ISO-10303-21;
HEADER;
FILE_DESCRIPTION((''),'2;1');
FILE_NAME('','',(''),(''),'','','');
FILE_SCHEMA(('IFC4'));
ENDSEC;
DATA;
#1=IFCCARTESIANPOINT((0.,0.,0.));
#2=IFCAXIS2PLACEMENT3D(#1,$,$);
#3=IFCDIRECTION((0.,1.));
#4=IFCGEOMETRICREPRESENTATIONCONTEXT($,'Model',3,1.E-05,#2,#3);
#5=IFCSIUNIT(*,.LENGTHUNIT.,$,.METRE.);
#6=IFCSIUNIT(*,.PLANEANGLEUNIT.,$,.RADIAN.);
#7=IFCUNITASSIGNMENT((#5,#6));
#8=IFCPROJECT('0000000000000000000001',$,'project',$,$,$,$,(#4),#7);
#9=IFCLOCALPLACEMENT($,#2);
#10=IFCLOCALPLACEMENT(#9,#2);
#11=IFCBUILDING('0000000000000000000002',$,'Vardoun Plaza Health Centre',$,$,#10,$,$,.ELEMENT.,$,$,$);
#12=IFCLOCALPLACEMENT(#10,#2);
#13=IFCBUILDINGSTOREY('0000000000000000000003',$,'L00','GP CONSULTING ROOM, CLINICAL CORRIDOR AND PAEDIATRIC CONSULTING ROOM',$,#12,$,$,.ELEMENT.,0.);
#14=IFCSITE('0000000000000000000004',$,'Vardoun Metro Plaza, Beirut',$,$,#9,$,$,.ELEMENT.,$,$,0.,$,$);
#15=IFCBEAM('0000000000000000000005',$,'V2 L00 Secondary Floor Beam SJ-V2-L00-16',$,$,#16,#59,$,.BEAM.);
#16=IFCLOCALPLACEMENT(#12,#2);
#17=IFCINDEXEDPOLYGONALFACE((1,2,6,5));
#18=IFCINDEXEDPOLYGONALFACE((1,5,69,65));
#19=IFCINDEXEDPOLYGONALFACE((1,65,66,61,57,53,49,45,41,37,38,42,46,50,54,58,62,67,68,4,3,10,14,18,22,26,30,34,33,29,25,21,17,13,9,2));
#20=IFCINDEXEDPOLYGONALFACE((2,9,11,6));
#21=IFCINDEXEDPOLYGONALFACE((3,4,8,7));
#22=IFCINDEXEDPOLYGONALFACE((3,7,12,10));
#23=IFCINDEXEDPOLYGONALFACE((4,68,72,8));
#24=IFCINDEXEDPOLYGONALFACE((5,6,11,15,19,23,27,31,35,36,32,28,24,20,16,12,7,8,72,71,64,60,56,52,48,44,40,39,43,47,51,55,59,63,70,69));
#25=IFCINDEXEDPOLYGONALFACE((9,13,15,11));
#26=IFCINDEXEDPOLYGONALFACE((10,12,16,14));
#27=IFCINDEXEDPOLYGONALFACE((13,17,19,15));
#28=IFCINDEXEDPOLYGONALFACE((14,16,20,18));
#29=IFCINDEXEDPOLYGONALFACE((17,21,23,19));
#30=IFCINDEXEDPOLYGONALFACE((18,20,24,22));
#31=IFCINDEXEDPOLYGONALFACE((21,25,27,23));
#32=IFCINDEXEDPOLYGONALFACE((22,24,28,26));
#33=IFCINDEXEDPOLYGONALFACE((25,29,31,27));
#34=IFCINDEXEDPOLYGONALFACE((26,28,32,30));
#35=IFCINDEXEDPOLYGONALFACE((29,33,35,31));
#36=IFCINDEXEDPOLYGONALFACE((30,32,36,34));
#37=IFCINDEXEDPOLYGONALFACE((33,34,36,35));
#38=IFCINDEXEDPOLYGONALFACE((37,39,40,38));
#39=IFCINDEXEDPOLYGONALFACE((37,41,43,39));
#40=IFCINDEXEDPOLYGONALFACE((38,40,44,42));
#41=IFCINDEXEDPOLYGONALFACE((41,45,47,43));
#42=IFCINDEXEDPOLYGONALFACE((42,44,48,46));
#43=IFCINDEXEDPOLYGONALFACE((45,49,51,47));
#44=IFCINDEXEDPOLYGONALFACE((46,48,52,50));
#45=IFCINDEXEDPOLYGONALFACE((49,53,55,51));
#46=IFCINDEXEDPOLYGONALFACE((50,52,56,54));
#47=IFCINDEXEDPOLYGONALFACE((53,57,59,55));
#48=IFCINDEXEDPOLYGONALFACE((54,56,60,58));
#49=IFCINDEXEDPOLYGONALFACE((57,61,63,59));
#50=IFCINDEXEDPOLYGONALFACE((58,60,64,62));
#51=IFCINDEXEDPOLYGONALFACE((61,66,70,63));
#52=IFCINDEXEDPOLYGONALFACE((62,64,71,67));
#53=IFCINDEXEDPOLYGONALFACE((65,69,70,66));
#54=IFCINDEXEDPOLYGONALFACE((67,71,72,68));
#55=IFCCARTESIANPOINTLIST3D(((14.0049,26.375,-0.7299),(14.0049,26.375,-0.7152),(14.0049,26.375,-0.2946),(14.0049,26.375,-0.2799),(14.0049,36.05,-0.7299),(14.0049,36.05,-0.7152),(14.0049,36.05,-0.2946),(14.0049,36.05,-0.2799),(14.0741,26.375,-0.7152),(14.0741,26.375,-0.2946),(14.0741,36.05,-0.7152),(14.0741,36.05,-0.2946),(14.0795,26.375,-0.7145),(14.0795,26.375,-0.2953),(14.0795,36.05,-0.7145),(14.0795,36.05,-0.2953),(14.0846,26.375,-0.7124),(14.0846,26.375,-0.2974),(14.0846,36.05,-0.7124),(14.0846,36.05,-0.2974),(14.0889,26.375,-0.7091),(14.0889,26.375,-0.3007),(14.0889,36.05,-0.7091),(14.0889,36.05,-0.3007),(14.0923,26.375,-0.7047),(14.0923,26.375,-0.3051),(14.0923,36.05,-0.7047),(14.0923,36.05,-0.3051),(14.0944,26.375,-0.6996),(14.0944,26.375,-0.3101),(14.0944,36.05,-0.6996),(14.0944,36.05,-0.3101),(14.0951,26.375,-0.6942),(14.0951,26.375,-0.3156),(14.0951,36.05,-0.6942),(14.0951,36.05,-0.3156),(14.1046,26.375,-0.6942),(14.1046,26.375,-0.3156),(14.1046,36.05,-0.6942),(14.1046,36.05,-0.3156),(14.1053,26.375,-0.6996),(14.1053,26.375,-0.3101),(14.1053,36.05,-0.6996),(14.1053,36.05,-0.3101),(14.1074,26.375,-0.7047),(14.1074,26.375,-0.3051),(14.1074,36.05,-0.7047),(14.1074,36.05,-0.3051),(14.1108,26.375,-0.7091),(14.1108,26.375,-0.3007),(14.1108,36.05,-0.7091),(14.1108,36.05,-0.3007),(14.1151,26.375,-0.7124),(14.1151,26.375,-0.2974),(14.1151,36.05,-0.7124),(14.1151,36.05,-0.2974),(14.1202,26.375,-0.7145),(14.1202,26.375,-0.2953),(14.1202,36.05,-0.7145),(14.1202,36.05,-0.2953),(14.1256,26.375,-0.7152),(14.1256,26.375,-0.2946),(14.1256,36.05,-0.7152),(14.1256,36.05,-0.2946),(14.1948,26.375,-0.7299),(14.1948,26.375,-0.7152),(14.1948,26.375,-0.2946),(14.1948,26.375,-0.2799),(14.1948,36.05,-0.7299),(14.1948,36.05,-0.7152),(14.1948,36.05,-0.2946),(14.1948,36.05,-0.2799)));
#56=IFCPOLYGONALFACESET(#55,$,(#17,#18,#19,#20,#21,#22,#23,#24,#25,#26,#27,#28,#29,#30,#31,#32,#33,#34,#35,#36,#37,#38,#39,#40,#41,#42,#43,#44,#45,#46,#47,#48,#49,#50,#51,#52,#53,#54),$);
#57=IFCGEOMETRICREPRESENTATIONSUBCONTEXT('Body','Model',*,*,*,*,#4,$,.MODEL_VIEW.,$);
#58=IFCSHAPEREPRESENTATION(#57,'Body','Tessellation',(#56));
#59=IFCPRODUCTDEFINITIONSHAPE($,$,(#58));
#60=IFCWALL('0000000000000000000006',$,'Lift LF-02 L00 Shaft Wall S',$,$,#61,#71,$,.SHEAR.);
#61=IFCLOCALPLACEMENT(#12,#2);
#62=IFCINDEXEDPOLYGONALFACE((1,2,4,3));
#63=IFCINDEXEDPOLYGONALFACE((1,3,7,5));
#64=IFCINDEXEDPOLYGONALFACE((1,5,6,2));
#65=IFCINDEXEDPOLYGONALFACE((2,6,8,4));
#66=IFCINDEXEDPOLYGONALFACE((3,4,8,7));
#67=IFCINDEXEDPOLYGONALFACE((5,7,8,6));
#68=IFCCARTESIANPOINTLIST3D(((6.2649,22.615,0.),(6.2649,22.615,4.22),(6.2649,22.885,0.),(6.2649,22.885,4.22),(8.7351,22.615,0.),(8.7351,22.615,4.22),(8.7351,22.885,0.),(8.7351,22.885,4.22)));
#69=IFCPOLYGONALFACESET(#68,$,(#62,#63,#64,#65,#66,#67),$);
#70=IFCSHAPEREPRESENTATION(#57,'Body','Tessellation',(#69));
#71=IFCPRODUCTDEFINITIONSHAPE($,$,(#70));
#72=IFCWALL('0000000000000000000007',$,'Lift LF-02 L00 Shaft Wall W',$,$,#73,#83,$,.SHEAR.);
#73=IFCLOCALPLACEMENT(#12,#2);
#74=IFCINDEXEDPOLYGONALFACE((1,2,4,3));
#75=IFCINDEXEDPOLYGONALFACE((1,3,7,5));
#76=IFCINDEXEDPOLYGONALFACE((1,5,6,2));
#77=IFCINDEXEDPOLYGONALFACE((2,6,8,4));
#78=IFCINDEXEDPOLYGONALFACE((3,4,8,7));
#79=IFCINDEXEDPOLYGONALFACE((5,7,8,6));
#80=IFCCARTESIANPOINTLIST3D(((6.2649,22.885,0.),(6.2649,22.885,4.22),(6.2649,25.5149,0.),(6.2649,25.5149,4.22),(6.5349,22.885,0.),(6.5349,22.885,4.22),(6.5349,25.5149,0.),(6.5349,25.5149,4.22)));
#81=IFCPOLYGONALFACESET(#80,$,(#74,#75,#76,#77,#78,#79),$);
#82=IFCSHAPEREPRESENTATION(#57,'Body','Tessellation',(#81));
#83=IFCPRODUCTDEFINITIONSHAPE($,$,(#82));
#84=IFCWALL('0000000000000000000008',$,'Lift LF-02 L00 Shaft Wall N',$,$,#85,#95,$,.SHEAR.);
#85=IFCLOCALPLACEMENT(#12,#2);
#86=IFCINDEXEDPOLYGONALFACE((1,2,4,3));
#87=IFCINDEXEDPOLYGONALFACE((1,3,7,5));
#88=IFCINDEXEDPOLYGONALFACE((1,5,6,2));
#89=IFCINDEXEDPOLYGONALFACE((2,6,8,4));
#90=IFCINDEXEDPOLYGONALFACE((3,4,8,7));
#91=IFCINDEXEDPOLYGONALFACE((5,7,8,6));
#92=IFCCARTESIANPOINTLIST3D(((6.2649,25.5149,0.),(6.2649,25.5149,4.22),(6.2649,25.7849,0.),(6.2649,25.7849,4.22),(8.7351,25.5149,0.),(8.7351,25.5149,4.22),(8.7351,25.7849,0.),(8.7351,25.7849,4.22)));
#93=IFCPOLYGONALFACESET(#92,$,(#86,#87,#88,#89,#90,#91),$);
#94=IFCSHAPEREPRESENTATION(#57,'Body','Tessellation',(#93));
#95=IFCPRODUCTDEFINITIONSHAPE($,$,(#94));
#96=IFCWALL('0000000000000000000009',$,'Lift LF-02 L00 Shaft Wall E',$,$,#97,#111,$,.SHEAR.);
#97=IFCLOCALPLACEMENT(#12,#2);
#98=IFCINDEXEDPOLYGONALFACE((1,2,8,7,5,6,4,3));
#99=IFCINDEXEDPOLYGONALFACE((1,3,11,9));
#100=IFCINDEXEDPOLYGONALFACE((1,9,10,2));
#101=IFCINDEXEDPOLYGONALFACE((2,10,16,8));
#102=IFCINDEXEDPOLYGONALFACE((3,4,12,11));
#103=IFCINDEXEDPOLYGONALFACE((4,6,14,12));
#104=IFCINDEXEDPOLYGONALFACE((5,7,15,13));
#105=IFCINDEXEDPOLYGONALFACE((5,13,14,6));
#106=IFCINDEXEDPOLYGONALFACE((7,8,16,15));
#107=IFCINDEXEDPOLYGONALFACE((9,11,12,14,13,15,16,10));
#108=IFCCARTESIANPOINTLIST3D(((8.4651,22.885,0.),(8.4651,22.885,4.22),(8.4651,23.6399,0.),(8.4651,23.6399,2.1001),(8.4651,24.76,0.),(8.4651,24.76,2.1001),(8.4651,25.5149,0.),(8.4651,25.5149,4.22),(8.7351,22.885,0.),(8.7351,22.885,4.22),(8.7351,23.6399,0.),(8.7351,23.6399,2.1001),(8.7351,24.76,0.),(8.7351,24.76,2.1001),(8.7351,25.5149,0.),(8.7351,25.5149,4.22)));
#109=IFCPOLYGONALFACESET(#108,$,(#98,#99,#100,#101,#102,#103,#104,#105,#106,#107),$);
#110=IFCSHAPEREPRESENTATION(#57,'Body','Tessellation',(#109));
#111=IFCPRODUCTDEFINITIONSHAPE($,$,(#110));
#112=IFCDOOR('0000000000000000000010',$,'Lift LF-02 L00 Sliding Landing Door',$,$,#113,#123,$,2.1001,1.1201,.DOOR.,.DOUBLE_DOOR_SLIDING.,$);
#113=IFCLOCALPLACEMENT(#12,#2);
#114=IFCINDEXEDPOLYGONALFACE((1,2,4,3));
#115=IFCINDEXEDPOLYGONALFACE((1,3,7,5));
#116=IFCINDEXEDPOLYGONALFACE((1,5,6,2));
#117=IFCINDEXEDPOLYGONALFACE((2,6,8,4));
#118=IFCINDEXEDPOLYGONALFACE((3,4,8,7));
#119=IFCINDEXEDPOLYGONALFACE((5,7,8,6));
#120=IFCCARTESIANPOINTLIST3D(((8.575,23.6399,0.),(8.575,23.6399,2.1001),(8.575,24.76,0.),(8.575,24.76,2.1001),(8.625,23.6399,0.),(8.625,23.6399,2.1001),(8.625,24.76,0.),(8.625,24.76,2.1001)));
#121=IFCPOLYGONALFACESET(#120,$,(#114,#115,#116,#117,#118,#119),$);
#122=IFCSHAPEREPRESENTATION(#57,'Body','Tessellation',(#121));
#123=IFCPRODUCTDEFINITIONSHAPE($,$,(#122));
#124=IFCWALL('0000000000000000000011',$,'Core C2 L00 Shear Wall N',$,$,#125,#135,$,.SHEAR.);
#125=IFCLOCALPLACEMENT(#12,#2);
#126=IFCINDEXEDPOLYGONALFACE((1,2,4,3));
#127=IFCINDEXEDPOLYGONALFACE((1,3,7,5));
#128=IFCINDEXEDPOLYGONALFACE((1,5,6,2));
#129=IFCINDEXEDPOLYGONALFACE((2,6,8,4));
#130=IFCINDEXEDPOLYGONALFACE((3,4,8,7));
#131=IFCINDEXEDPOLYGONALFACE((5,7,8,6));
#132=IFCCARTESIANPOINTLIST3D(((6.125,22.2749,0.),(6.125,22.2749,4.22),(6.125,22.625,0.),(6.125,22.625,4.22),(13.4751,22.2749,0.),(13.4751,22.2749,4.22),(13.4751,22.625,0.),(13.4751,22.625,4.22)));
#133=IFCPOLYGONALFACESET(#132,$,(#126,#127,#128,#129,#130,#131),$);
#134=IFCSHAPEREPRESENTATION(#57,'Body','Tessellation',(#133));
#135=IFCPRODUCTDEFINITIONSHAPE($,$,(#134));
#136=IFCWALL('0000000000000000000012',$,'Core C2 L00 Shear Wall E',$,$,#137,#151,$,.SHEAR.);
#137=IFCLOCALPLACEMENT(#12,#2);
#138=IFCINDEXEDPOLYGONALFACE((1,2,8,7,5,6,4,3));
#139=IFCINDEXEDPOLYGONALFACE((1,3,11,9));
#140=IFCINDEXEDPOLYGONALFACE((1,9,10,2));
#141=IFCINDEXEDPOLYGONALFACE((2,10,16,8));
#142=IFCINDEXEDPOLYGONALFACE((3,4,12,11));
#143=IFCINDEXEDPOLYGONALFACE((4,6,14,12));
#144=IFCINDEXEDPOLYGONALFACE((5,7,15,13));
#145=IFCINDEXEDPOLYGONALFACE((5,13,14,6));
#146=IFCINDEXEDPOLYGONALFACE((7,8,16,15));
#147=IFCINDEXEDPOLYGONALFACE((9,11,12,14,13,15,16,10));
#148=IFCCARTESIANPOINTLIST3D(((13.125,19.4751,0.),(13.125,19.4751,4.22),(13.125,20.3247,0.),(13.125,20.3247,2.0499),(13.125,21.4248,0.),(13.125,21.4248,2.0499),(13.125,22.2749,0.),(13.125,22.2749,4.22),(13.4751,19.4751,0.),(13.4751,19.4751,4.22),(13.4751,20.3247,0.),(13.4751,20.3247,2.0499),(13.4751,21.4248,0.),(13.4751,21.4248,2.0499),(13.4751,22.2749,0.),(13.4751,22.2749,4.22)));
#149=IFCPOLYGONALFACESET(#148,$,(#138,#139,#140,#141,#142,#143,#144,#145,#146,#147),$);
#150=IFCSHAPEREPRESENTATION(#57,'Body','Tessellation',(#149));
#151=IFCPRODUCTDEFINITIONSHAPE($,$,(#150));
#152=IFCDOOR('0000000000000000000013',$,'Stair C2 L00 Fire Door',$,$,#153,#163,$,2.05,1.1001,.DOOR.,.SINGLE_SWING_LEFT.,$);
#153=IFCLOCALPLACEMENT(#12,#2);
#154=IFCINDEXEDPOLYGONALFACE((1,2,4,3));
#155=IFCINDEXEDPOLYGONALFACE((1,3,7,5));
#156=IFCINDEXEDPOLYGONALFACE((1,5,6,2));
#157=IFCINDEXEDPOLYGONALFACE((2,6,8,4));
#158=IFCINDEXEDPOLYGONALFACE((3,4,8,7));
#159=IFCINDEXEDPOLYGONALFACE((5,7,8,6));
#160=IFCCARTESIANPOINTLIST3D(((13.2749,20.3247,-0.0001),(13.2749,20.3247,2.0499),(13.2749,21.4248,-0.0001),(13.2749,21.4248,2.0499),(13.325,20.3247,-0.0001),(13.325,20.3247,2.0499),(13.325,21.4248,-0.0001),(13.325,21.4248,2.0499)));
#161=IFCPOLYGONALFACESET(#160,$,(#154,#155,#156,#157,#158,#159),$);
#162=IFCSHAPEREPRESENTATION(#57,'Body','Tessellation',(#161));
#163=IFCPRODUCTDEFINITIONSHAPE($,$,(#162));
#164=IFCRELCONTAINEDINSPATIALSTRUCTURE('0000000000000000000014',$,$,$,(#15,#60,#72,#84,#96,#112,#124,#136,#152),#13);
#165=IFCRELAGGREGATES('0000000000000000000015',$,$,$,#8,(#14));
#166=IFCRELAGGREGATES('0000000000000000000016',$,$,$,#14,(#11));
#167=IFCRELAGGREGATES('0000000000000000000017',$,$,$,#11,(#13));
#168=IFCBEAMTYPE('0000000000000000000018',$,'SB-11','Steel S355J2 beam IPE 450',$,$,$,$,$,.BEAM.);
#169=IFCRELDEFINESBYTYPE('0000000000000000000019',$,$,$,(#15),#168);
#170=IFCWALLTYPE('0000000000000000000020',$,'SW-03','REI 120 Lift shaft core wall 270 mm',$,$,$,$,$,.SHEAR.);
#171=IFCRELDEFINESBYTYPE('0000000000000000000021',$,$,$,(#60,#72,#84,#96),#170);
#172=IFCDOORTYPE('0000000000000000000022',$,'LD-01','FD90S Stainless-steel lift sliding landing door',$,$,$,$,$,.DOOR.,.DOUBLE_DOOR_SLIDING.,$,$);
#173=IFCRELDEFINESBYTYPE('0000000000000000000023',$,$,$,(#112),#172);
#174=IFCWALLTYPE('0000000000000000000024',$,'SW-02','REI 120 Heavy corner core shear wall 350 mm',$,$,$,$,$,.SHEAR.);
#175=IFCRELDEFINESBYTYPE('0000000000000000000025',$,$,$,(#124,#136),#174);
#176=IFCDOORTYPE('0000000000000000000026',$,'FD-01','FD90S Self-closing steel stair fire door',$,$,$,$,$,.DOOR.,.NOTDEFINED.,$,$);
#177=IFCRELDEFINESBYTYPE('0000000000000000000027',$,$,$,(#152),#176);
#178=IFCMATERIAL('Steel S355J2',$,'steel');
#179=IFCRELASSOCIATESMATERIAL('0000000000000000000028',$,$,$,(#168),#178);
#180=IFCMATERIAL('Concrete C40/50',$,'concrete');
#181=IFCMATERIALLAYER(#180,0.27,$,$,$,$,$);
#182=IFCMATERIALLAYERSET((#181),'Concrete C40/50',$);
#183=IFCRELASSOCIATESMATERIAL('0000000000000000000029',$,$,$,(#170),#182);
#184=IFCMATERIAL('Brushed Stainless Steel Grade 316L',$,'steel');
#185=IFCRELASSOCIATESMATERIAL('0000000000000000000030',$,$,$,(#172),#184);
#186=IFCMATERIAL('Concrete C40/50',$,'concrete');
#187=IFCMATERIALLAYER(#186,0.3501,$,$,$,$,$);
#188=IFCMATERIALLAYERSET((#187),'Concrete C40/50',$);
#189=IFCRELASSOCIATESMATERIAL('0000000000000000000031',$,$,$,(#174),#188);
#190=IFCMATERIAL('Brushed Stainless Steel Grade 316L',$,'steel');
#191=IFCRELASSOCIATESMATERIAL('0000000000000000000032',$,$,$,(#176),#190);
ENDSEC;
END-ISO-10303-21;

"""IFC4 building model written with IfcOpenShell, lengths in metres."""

from ifc_helpers import new_model, si_unit, direction, frame, frame_2d, origin, origin_2d, place, context, subcontext, project, spatial, rectangle, i_section, extrude, material, layer, layer_set, material_profile, profile_set, type_object, element, fill, save


model = new_model("IFC4")

# Units and contexts
model_context = context("Model", 3, precision=1e-05, world=origin(), true_north=direction((0.0, 1.0)))
body_context = subcontext(model_context, "Body", "Model", "MODEL_VIEW")
ifc_project = project(units=[si_unit("LENGTHUNIT", "METRE"), si_unit("PLANEANGLEUNIT", "RADIAN")], contexts=[model_context])

# Site, building, storey
site_placement = place(None, origin())
site = spatial("IfcSite", under=ifc_project, at=site_placement, Name="Vardoun Metro Plaza, Beirut", CompositionType="ELEMENT", RefElevation=0.0)
building_placement = place(site_placement, origin())
building = spatial("IfcBuilding", under=site, at=building_placement, Name="Vardoun Plaza Health Centre", CompositionType="ELEMENT")
storey_placement = place(building_placement, origin())
storey = spatial("IfcBuildingStorey", under=building, at=storey_placement, Name="L00", Description="GP CONSULTING ROOM, CLINICAL CORRIDOR AND PAEDIATRIC CONSULTING ROOM", CompositionType="ELEMENT", Elevation=0.0)

# Beam
ifc_material_1 = material(Name="Steel S355J2", Category="steel")
ifc_material_profile_1 = material_profile(ifc_material_1, i_section(OverallWidth=0.1899, OverallDepth=0.45, WebThickness=0.0095, FlangeThickness=0.0146, FilletRadius=0.021, at=origin_2d()), Name="IPE 450")
ifc_profile_set_1 = profile_set([ifc_material_profile_1], Name="Steel S355J2")
beam_type_1 = type_object("IfcBeamType", Name="SB-11", Description="Steel S355J2 beam IPE 450", PredefinedType="BEAM", material=ifc_profile_set_1)
beam_1_placement = place(storey_placement, frame((14.0999, 26.375, -0.5049), z_axis=(0.0, 1.0, 0.0), x_axis=(-1.0, 0.0, 0.0)))
element("IfcBeam", 1, at=beam_1_placement, inside=storey, type_object=beam_type_1, Name="V2 L00 Secondary Floor Beam SJ-V2-L00-16", PredefinedType="BEAM", context=body_context, shape_type="SweptSolid", body=[
    extrude(i_section(OverallWidth=0.1899, OverallDepth=0.45, WebThickness=0.0095, FlangeThickness=0.0146, FilletRadius=0.021, at=origin_2d()), origin(), (0.0, 0.0, 1.0), 9.675),
])

# Walls
ifc_material_2 = material(Name="Concrete C40/50", Category="concrete")
ifc_layer_1 = layer(ifc_material_2, 0.27)
ifc_layer_set_1 = layer_set([ifc_layer_1], Name="Concrete C40/50")
wall_type_1 = type_object("IfcWallType", Name="SW-03", Description="REI 120 Lift shaft core wall 270 mm", PredefinedType="SHEAR", material=ifc_layer_set_1)
wall_1_placement = place(storey_placement, frame((8.7351, 22.75, 0.0), z_axis=(0.0, 0.0, 1.0), x_axis=(-1.0, 0.0, 0.0)))
element("IfcWall", 2, at=wall_1_placement, inside=storey, type_object=wall_type_1, Name="Lift LF-02 L00 Shaft Wall S", PredefinedType="SHEAR", context=body_context, shape_type="SweptSolid", body=[
    extrude(rectangle(XDim=2.4702, YDim=0.27, at=frame_2d((1.2351, 0.0))), origin(), (0.0, 0.0, 1.0), 4.22),
])
wall_2_placement = place(storey_placement, frame((6.3999, 22.885, 0.0), z_axis=(0.0, 0.0, 1.0), x_axis=(0.0, 1.0, 0.0)))
element("IfcWall", 3, at=wall_2_placement, inside=storey, type_object=wall_type_1, Name="Lift LF-02 L00 Shaft Wall W", PredefinedType="SHEAR", context=body_context, shape_type="SweptSolid", body=[
    extrude(rectangle(XDim=2.6299, YDim=0.27, at=frame_2d((1.3149, 0.0))), origin(), (0.0, 0.0, 1.0), 4.22),
])
wall_3_placement = place(storey_placement, frame((6.2649, 25.6499, 0.0), z_axis=(0.0, 0.0, 1.0), x_axis=(1.0, 0.0, 0.0)))
element("IfcWall", 4, at=wall_3_placement, inside=storey, type_object=wall_type_1, Name="Lift LF-02 L00 Shaft Wall N", PredefinedType="SHEAR", context=body_context, shape_type="SweptSolid", body=[
    extrude(rectangle(XDim=2.4702, YDim=0.27, at=frame_2d((1.2351, 0.0))), origin(), (0.0, 0.0, 1.0), 4.22),
])

# Wall, opening, door
wall_4_placement = place(storey_placement, frame((8.6001, 25.5149, 0.0), z_axis=(0.0, 0.0, 1.0), x_axis=(0.0, -1.0, 0.0)))
wall_4 = element("IfcWall", 5, at=wall_4_placement, inside=storey, type_object=wall_type_1, Name="Lift LF-02 L00 Shaft Wall E", PredefinedType="SHEAR", context=body_context, shape_type="SweptSolid", body=[
    extrude(rectangle(XDim=2.6299, YDim=0.27, at=frame_2d((1.3149, 0.0))), origin(), (0.0, 0.0, 1.0), 4.22),
])
opening_1_placement = place(wall_4_placement, frame((0.7549, 0.0, 0.0)))
opening_1 = element("IfcOpeningElement", 6, at=opening_1_placement, cuts=wall_4, PredefinedType="OPENING", context=body_context, shape_type="SweptSolid", body=[
    extrude(rectangle(XDim=1.1201, YDim=2.1001, at=frame_2d((0.5601, 1.05))), frame((0.0, 0.135, 0.0), z_axis=(0.0, -1.0, 0.0), x_axis=(1.0, 0.0, 0.0)), (0.0, 0.0, 1.0), 0.27),
])
ifc_material_3 = material(Name="Brushed Stainless Steel Grade 316L", Category="steel")
door_type_1 = type_object("IfcDoorType", Name="LD-01", Description="FD90S Stainless-steel lift sliding landing door", OperationType="DOUBLE_DOOR_SLIDING", PredefinedType="DOOR", material=ifc_material_3)
door_1_placement = place(opening_1_placement, origin())
door_1 = element("IfcDoor", 7, at=door_1_placement, inside=storey, type_object=door_type_1, Name="Lift LF-02 L00 Sliding Landing Door", OperationType="DOUBLE_DOOR_SLIDING", OverallHeight=2.1001, OverallWidth=1.1201, PredefinedType="DOOR", context=body_context, shape_type="SweptSolid", body=[
    extrude(rectangle(XDim=1.1201, YDim=2.1001, at=frame_2d((0.5601, 1.05))), frame((0.0, 0.0249, 0.0), z_axis=(0.0, -1.0, 0.0), x_axis=(1.0, 0.0, 0.0)), (0.0, 0.0, 1.0), 0.05),
])
fill(opening_1, door_1)

# Wall
ifc_material_4 = material(Name="Concrete C40/50", Category="concrete")
ifc_layer_2 = layer(ifc_material_4, 0.3501)
ifc_layer_set_2 = layer_set([ifc_layer_2], Name="Concrete C40/50")
wall_type_2 = type_object("IfcWallType", Name="SW-02", Description="REI 120 Heavy corner core shear wall 350 mm", PredefinedType="SHEAR", material=ifc_layer_set_2)
wall_5_placement = place(storey_placement, frame((6.125, 22.45, 0.0), z_axis=(0.0, 0.0, 1.0), x_axis=(1.0, 0.0, 0.0)))
element("IfcWall", 8, at=wall_5_placement, inside=storey, type_object=wall_type_2, Name="Core C2 L00 Shear Wall N", PredefinedType="SHEAR", context=body_context, shape_type="SweptSolid", body=[
    extrude(rectangle(XDim=7.3501, YDim=0.3501, at=frame_2d((3.675, 0.0))), origin(), (0.0, 0.0, 1.0), 4.22),
])

# Wall, opening, door
wall_6_placement = place(storey_placement, frame((13.3, 22.2749, 0.0), z_axis=(0.0, 0.0, 1.0), x_axis=(0.0, -1.0, 0.0)))
wall_6 = element("IfcWall", 9, at=wall_6_placement, inside=storey, type_object=wall_type_2, Name="Core C2 L00 Shear Wall E", PredefinedType="SHEAR", context=body_context, shape_type="SweptSolid", body=[
    extrude(rectangle(XDim=2.7998, YDim=0.3501, at=frame_2d((1.3999, 0.0))), origin(), (0.0, 0.0, 1.0), 4.22),
])
opening_2_placement = place(wall_6_placement, frame((0.8501, 0.0, 0.0)))
opening_2 = element("IfcOpeningElement", 10, at=opening_2_placement, cuts=wall_6, PredefinedType="OPENING", context=body_context, shape_type="SweptSolid", body=[
    extrude(rectangle(XDim=1.1001, YDim=2.05, at=frame_2d((0.55, 1.0249))), frame((0.0, 0.175, 0.0), z_axis=(0.0, -1.0, 0.0), x_axis=(1.0, 0.0, 0.0)), (0.0, 0.0, 1.0), 0.3501),
])
ifc_material_5 = material(Name="Brushed Stainless Steel Grade 316L", Category="steel")
door_type_2 = type_object("IfcDoorType", Name="FD-01", Description="FD90S Self-closing steel stair fire door", OperationType="NOTDEFINED", PredefinedType="DOOR", material=ifc_material_5)
door_2_placement = place(opening_2_placement, origin())
door_2 = element("IfcDoor", 11, at=door_2_placement, inside=storey, type_object=door_type_2, Name="Stair C2 L00 Fire Door", OperationType="SINGLE_SWING_LEFT", OverallHeight=2.05, OverallWidth=1.1001, PredefinedType="DOOR", context=body_context, shape_type="SweptSolid", body=[
    extrude(rectangle(XDim=1.1001, YDim=2.05, at=frame_2d((0.55, 1.0249))), frame((0.0, 0.0249, 0.0), z_axis=(0.0, -1.0, 0.0), x_axis=(1.0, 0.0, 0.0)), (0.0, 0.0, 1.0), 0.05),
])
fill(opening_2, door_2)

save(model, "model.ifc")
